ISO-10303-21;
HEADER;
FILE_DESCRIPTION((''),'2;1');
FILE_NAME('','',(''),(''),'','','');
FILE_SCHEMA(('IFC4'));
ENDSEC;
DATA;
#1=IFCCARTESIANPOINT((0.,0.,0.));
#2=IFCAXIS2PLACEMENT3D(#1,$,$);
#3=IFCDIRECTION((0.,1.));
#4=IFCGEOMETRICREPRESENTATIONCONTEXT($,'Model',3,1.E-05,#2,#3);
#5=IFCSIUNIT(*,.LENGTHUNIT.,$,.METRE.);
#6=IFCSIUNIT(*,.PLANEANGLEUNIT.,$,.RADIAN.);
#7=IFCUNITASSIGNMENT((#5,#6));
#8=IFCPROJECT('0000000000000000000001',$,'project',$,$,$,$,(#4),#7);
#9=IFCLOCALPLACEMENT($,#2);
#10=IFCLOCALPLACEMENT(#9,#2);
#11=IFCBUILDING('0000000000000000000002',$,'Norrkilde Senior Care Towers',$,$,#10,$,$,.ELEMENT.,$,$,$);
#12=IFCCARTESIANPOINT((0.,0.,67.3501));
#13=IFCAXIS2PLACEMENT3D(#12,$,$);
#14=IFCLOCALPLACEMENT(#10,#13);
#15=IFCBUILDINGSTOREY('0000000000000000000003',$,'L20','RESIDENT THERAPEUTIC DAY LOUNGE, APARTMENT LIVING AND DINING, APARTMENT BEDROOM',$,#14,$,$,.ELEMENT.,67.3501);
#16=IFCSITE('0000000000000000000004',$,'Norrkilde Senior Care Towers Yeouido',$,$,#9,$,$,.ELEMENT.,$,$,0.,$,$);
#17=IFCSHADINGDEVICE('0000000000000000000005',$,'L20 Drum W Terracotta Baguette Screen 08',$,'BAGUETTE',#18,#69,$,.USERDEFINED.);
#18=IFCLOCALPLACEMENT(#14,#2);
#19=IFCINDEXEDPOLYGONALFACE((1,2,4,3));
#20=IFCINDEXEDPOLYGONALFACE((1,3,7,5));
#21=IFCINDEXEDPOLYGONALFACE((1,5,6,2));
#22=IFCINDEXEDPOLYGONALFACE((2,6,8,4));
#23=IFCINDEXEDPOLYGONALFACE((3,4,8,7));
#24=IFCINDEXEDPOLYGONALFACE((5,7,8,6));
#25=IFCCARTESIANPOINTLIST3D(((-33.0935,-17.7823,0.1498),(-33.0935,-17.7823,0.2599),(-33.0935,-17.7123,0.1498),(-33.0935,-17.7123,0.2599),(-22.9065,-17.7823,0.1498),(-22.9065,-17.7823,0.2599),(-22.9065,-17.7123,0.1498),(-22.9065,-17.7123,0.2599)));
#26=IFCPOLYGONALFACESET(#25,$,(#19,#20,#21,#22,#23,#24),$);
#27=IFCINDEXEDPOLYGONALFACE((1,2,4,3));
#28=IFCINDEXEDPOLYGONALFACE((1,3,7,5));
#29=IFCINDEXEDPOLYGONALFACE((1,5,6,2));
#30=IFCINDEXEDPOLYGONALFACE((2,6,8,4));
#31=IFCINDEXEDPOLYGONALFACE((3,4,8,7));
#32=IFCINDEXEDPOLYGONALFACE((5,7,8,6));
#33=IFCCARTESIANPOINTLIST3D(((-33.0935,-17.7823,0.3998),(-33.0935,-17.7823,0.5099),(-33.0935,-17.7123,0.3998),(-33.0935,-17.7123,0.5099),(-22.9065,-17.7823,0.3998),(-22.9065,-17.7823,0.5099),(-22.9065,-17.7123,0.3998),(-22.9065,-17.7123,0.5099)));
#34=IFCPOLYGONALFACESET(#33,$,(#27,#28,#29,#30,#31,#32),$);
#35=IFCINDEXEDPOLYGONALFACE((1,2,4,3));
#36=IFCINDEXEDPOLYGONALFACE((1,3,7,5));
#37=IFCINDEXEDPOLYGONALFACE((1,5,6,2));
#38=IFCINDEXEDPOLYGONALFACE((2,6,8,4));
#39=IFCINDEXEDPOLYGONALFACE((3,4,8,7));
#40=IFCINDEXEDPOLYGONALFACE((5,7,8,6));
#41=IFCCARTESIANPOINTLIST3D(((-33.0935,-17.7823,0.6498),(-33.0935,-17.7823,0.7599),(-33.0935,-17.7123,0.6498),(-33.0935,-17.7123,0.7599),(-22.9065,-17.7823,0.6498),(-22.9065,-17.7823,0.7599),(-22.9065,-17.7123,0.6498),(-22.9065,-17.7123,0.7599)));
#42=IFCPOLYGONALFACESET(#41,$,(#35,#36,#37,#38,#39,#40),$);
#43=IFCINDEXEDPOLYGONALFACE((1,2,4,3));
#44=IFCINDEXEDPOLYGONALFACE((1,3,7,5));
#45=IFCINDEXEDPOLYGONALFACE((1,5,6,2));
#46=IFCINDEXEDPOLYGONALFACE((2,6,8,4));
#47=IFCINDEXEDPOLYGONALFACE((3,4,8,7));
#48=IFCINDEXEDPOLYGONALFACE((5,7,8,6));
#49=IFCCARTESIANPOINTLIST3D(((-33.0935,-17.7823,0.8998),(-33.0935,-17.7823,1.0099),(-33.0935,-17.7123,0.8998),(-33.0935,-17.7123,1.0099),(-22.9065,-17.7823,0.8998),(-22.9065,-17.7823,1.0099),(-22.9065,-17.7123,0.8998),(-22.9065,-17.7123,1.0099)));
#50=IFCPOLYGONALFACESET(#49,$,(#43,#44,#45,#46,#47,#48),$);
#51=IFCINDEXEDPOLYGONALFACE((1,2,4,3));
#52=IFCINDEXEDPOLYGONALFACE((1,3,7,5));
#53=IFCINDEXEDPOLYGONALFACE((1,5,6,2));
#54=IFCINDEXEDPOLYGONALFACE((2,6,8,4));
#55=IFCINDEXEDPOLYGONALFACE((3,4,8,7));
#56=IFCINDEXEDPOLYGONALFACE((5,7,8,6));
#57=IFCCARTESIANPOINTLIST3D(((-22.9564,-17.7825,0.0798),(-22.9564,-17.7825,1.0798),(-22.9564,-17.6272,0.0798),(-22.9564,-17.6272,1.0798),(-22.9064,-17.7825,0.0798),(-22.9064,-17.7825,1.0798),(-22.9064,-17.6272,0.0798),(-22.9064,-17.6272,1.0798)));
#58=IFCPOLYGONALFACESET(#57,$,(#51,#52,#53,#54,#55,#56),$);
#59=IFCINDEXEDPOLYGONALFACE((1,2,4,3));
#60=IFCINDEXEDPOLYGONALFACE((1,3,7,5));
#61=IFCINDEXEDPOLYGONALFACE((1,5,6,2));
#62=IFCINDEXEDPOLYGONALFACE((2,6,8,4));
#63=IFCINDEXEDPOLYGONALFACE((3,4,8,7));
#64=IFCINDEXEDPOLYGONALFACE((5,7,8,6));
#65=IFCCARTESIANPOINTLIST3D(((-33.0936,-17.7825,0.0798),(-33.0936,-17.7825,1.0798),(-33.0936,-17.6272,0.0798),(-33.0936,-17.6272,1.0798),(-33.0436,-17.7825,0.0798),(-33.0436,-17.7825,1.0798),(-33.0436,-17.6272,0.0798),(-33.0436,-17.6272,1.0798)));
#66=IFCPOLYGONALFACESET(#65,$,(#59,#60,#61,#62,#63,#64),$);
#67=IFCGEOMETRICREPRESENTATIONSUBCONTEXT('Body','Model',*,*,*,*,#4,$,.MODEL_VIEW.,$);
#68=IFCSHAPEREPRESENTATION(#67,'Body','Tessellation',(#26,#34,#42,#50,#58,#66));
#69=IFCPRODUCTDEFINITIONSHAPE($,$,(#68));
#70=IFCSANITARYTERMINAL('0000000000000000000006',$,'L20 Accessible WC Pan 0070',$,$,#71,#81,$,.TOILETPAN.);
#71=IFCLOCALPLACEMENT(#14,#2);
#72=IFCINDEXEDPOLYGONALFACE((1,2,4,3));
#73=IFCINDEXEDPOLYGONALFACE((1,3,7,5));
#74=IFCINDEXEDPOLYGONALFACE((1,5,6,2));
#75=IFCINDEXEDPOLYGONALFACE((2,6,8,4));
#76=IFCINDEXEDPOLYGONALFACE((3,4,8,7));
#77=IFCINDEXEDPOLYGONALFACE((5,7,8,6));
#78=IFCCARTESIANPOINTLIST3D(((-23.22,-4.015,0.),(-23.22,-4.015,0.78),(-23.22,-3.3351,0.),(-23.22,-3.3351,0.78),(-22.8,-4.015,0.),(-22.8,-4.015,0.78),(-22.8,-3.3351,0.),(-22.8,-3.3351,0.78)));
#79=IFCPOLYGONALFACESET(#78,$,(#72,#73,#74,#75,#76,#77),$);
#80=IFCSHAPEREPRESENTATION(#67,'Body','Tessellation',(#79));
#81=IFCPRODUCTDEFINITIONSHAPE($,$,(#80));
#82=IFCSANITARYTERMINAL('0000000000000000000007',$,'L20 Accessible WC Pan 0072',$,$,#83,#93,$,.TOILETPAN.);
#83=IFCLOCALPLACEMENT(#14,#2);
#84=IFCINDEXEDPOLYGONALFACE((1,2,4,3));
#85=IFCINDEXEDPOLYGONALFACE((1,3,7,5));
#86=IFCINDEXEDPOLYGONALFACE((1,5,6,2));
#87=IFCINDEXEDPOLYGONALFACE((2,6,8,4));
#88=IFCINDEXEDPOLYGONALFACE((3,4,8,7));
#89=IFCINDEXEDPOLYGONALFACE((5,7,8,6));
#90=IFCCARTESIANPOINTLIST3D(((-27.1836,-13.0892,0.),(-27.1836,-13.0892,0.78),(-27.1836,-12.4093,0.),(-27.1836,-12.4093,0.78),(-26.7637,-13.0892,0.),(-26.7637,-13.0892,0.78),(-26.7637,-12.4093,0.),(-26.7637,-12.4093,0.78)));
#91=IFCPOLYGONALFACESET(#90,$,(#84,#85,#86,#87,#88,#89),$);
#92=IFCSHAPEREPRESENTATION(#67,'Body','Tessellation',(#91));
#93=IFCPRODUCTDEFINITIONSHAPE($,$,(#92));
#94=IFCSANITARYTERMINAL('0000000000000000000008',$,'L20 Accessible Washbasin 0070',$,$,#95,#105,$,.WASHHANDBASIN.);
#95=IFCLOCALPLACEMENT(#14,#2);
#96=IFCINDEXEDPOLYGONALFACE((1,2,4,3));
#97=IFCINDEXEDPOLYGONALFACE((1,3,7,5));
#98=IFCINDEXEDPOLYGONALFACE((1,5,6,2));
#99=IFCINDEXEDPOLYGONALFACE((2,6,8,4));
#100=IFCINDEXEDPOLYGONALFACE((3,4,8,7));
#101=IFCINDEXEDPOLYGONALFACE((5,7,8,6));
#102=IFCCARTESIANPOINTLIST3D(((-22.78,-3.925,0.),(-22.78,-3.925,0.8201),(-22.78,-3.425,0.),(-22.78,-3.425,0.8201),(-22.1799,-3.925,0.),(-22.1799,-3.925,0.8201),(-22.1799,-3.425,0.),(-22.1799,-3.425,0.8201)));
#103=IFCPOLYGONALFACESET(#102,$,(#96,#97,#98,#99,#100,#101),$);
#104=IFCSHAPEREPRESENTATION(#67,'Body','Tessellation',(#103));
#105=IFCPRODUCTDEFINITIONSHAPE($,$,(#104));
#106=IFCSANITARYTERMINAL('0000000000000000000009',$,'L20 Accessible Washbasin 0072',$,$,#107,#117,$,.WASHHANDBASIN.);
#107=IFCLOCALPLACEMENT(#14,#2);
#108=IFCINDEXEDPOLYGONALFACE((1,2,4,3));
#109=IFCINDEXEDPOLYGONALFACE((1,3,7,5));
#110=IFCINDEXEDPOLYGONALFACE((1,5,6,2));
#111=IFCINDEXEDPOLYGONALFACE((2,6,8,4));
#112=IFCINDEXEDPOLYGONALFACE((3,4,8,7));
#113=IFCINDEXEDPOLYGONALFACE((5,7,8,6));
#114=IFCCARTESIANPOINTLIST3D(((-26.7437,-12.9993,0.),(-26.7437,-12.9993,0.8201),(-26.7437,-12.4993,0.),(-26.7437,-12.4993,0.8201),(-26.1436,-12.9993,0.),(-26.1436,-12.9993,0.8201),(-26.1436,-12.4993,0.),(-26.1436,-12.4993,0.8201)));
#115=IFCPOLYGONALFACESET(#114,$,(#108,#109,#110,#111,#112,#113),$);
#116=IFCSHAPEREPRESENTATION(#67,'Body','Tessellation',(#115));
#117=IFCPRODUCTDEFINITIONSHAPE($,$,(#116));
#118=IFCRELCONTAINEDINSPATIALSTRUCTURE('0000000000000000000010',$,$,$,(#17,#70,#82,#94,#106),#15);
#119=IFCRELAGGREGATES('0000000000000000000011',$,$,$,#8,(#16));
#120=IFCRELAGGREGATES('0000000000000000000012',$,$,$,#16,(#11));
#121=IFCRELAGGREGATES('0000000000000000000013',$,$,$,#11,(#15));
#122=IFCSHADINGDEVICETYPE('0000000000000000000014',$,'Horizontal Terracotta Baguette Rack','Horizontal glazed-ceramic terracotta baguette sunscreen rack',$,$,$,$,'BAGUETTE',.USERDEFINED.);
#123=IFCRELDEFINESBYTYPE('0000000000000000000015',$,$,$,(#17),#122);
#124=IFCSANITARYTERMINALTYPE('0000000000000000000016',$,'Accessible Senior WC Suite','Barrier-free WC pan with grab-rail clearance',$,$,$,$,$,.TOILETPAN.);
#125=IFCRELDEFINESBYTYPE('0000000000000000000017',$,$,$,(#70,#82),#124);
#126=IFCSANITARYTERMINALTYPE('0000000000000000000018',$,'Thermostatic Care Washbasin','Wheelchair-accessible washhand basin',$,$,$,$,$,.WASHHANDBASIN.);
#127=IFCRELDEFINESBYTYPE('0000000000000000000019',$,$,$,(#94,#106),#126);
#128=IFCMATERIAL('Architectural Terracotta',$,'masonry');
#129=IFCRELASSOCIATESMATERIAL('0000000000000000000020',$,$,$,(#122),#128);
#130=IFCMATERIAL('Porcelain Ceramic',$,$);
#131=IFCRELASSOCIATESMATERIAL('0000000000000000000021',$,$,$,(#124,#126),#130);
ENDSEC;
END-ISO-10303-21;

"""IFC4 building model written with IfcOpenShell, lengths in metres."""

from ifc_helpers import new_model, si_unit, direction, frame, origin, origin_2d, place, context, subcontext, project, spatial, rectangle, extrude, source, transform, mapped, material, type_object, type_shapes, element, save


model = new_model("IFC4")

# Units and contexts
model_context = context("Model", 3, precision=1e-05, world=origin(), true_north=direction((0.0, 1.0)))
body_context = subcontext(model_context, "Body", "Model", "MODEL_VIEW")
ifc_project = project(units=[si_unit("LENGTHUNIT", "METRE"), si_unit("PLANEANGLEUNIT", "RADIAN")], contexts=[model_context])

# Site, building, storey
site_placement = place(None, origin())
site = spatial("IfcSite", under=ifc_project, at=site_placement, Name="Norrkilde Senior Care Towers Yeouido", CompositionType="ELEMENT", RefElevation=0.0)
building_placement = place(site_placement, origin())
building = spatial("IfcBuilding", under=site, at=building_placement, Name="Norrkilde Senior Care Towers", CompositionType="ELEMENT")
storey_placement = place(building_placement, frame((0.0, 0.0, 67.3501)))
storey = spatial("IfcBuildingStorey", under=building, at=storey_placement, Name="L20", Description="RESIDENT THERAPEUTIC DAY LOUNGE, APARTMENT LIVING AND DINING, APARTMENT BEDROOM", CompositionType="ELEMENT", Elevation=67.3501)

# Shading device
ifc_material_1 = material(Name="Architectural Terracotta", Category="masonry")
shading_device_type = type_object("IfcShadingDeviceType", Name="Horizontal Terracotta Baguette Rack", Description="Horizontal glazed-ceramic terracotta baguette sunscreen rack", ElementType="BAGUETTE", PredefinedType="USERDEFINED", material=ifc_material_1)
shared_shape_1 = source(origin(), body_context, "Body", "SweptSolid", [
    extrude(rectangle(XDim=0.0701, YDim=0.1101, at=origin_2d()), frame((0.0, 0.0901, 0.125), z_axis=(1.0, 0.0, 0.0), x_axis=(0.0, 1.0, 0.0)), (0.0, 0.0, 1.0), 10.187),
    extrude(rectangle(XDim=0.0701, YDim=0.1101, at=origin_2d()), frame((0.0, 0.0901, 0.375), z_axis=(1.0, 0.0, 0.0), x_axis=(0.0, 1.0, 0.0)), (0.0, 0.0, 1.0), 10.187),
    extrude(rectangle(XDim=0.0701, YDim=0.1101, at=origin_2d()), frame((0.0, 0.0901, 0.625), z_axis=(1.0, 0.0, 0.0), x_axis=(0.0, 1.0, 0.0)), (0.0, 0.0, 1.0), 10.187),
    extrude(rectangle(XDim=0.0701, YDim=0.1101, at=origin_2d()), frame((0.0, 0.0901, 0.875), z_axis=(1.0, 0.0, 0.0), x_axis=(0.0, 1.0, 0.0)), (0.0, 0.0, 1.0), 10.187),
    extrude(rectangle(XDim=0.05, YDim=0.1553, at=origin_2d()), frame((0.0249, 0.0476, 0.0)), (0.0, 0.0, 1.0), 1.0),
    extrude(rectangle(XDim=0.05, YDim=0.1553, at=origin_2d()), frame((10.1621, 0.0476, 0.0)), (0.0, 0.0, 1.0), 1.0),
])
type_shapes(shading_device_type, [shared_shape_1])
shading_device_placement = place(storey_placement, frame((-22.9065, -17.6572, 0.0798), z_axis=(0.0, 0.0, 1.0), x_axis=(-1.0, 0.0, 0.0)))
element("IfcShadingDevice", 1, at=shading_device_placement, inside=storey, type_object=shading_device_type, Name="L20 Drum W Terracotta Baguette Screen 08", ObjectType="BAGUETTE", PredefinedType="USERDEFINED", context=body_context, shape_type="MappedRepresentation", body=[
    mapped(shared_shape_1, transform((0.0, 0.0, 0.0), x_axis=(1.0, 0.0, 0.0), y_axis=(0.0, 1.0, 0.0), z_axis=(0.0, 0.0, 1.0), scale=1.0)),
])

# Sanitary terminals
ifc_material_2 = material(Name="Porcelain Ceramic")
sanitary_terminal_type_1 = type_object("IfcSanitaryTerminalType", Name="Accessible Senior WC Suite", Description="Barrier-free WC pan with grab-rail clearance", PredefinedType="TOILETPAN", material=ifc_material_2)
shared_shape_2 = source(origin(), body_context, "Body", "SweptSolid", [
    extrude(rectangle(XDim=0.4199, YDim=0.6799, at=origin_2d()), origin(), (0.0, 0.0, 1.0), 0.78),
])
type_shapes(sanitary_terminal_type_1, [shared_shape_2])
for number, where, z_axis, x_axis, name in (
    (2, (-23.01, -3.675, 0.0), (0.0, 0.0, 1.0), (1.0, 0.0, 0.0), "L20 Accessible WC Pan 0070"),
    (3, (-26.9736, -12.7493, 0.0), (0.0, 0.0, 1.0), (1.0, 0.0, 0.0), "L20 Accessible WC Pan 0072"),
):
    element("IfcSanitaryTerminal", number, at=place(storey_placement, frame(where, z_axis=z_axis, x_axis=x_axis)), inside=storey, type_object=sanitary_terminal_type_1, Name=name, PredefinedType="TOILETPAN", context=body_context, shape_type="MappedRepresentation", body=[
        mapped(shared_shape_2, transform((0.0, 0.0, 0.0), x_axis=(1.0, 0.0, 0.0), y_axis=(0.0, 1.0, 0.0), z_axis=(0.0, 0.0, 1.0), scale=1.0)),
    ])
sanitary_terminal_type_2 = type_object("IfcSanitaryTerminalType", Name="Thermostatic Care Washbasin", Description="Wheelchair-accessible washhand basin", PredefinedType="WASHHANDBASIN", material=ifc_material_2)
shared_shape_3 = source(origin(), body_context, "Body", "SweptSolid", [
    extrude(rectangle(XDim=0.6001, YDim=0.5, at=origin_2d()), origin(), (0.0, 0.0, 1.0), 0.8201),
])
type_shapes(sanitary_terminal_type_2, [shared_shape_3])
for number, where, z_axis, x_axis, name in (
    (4, (-22.48, -3.675, 0.0), (0.0, 0.0, 1.0), (1.0, 0.0, 0.0), "L20 Accessible Washbasin 0070"),
    (5, (-26.4436, -12.7493, 0.0), (0.0, 0.0, 1.0), (1.0, 0.0, 0.0), "L20 Accessible Washbasin 0072"),
):
    element("IfcSanitaryTerminal", number, at=place(storey_placement, frame(where, z_axis=z_axis, x_axis=x_axis)), inside=storey, type_object=sanitary_terminal_type_2, Name=name, PredefinedType="WASHHANDBASIN", context=body_context, shape_type="MappedRepresentation", body=[
        mapped(shared_shape_3, transform((0.0, 0.0, 0.0), x_axis=(1.0, 0.0, 0.0), y_axis=(0.0, 1.0, 0.0), z_axis=(0.0, 0.0, 1.0), scale=1.0)),
    ])

save(model, "model.ifc")
